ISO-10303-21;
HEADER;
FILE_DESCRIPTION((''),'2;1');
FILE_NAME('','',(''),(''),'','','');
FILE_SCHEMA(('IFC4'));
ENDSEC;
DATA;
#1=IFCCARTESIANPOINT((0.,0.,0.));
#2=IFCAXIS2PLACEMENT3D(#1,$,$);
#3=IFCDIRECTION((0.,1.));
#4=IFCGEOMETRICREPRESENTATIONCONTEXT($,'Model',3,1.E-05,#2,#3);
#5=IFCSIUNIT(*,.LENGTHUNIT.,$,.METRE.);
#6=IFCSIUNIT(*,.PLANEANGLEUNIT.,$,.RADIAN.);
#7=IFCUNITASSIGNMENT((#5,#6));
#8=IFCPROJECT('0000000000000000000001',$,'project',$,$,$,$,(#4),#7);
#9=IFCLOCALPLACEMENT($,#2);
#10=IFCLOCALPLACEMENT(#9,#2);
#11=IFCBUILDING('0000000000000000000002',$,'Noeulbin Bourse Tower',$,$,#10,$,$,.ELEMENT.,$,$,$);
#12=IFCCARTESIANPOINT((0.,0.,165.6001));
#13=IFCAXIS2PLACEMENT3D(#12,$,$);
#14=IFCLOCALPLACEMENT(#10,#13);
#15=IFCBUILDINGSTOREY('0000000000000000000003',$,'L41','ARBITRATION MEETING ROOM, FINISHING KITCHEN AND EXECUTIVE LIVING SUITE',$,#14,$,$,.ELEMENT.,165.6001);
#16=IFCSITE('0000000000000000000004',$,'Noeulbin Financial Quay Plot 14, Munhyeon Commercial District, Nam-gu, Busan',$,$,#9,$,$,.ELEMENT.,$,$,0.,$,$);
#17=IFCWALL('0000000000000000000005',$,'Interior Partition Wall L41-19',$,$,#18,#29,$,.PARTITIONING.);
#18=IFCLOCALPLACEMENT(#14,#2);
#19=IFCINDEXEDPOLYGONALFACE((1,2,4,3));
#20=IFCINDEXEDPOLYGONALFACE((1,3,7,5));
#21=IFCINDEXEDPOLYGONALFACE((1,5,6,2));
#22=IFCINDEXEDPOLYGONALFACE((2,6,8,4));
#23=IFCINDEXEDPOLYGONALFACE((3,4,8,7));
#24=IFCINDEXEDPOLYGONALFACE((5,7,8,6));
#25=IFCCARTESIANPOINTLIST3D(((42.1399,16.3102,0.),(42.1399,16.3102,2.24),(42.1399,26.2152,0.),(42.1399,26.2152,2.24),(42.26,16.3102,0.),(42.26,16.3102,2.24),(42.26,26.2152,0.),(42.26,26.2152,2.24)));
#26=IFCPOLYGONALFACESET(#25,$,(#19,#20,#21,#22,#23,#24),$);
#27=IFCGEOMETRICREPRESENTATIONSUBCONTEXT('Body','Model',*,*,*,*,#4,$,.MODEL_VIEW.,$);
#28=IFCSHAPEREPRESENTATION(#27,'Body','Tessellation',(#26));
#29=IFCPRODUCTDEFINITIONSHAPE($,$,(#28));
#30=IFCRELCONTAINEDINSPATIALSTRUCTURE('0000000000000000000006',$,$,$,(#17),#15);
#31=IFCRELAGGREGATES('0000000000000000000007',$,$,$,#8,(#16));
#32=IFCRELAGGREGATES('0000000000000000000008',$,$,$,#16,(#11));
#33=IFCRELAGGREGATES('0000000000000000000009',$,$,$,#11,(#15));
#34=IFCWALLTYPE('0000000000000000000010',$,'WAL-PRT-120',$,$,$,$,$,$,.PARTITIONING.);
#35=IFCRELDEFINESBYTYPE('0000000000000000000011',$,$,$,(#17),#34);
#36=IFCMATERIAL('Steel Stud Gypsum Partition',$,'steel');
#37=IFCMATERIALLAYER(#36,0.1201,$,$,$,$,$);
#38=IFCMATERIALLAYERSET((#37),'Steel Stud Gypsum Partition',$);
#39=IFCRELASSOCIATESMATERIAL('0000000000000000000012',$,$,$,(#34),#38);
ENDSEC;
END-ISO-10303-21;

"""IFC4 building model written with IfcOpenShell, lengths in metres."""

from ifc_helpers import new_model, si_unit, direction, frame, frame_2d, origin, place, context, subcontext, project, spatial, rectangle, extrude, material, layer, layer_set, type_object, element, save


model = new_model("IFC4")

# Units and contexts
model_context = context("Model", 3, precision=1e-05, world=origin(), true_north=direction((0.0, 1.0)))
body_context = subcontext(model_context, "Body", "Model", "MODEL_VIEW")
ifc_project = project(units=[si_unit("LENGTHUNIT", "METRE"), si_unit("PLANEANGLEUNIT", "RADIAN")], contexts=[model_context])

# Site, building, storey
site_placement = place(None, origin())
site = spatial("IfcSite", under=ifc_project, at=site_placement, Name="Noeulbin Financial Quay Plot 14, Munhyeon Commercial District, Nam-gu, Busan", CompositionType="ELEMENT", RefElevation=0.0)
building_placement = place(site_placement, origin())
building = spatial("IfcBuilding", under=site, at=building_placement, Name="Noeulbin Bourse Tower", CompositionType="ELEMENT")
storey_placement = place(building_placement, frame((0.0, 0.0, 165.6001)))
storey = spatial("IfcBuildingStorey", under=building, at=storey_placement, Name="L41", Description="ARBITRATION MEETING ROOM, FINISHING KITCHEN AND EXECUTIVE LIVING SUITE", CompositionType="ELEMENT", Elevation=165.6001)

# Wall
ifc_material_1 = material(Name="Steel Stud Gypsum Partition", Category="steel")
ifc_layer_1 = layer(ifc_material_1, 0.1201)
ifc_layer_set_1 = layer_set([ifc_layer_1], Name="Steel Stud Gypsum Partition")
wall_type_1 = type_object("IfcWallType", Name="WAL-PRT-120", PredefinedType="PARTITIONING", material=ifc_layer_set_1)
wall_1_placement = place(storey_placement, frame((42.2, 16.3101, 0.0), z_axis=(0.0, 0.0, 1.0), x_axis=(0.0, 1.0, 0.0)))
element("IfcWall", 1, at=wall_1_placement, inside=storey, type_object=wall_type_1, Name="Interior Partition Wall L41-19", PredefinedType="PARTITIONING", context=body_context, shape_type="SweptSolid", body=[
    extrude(rectangle(XDim=9.905, YDim=0.1201, at=frame_2d((4.9526, 0.0))), origin(), (0.0, 0.0, 1.0), 2.24),
])

save(model, "model.ifc")
